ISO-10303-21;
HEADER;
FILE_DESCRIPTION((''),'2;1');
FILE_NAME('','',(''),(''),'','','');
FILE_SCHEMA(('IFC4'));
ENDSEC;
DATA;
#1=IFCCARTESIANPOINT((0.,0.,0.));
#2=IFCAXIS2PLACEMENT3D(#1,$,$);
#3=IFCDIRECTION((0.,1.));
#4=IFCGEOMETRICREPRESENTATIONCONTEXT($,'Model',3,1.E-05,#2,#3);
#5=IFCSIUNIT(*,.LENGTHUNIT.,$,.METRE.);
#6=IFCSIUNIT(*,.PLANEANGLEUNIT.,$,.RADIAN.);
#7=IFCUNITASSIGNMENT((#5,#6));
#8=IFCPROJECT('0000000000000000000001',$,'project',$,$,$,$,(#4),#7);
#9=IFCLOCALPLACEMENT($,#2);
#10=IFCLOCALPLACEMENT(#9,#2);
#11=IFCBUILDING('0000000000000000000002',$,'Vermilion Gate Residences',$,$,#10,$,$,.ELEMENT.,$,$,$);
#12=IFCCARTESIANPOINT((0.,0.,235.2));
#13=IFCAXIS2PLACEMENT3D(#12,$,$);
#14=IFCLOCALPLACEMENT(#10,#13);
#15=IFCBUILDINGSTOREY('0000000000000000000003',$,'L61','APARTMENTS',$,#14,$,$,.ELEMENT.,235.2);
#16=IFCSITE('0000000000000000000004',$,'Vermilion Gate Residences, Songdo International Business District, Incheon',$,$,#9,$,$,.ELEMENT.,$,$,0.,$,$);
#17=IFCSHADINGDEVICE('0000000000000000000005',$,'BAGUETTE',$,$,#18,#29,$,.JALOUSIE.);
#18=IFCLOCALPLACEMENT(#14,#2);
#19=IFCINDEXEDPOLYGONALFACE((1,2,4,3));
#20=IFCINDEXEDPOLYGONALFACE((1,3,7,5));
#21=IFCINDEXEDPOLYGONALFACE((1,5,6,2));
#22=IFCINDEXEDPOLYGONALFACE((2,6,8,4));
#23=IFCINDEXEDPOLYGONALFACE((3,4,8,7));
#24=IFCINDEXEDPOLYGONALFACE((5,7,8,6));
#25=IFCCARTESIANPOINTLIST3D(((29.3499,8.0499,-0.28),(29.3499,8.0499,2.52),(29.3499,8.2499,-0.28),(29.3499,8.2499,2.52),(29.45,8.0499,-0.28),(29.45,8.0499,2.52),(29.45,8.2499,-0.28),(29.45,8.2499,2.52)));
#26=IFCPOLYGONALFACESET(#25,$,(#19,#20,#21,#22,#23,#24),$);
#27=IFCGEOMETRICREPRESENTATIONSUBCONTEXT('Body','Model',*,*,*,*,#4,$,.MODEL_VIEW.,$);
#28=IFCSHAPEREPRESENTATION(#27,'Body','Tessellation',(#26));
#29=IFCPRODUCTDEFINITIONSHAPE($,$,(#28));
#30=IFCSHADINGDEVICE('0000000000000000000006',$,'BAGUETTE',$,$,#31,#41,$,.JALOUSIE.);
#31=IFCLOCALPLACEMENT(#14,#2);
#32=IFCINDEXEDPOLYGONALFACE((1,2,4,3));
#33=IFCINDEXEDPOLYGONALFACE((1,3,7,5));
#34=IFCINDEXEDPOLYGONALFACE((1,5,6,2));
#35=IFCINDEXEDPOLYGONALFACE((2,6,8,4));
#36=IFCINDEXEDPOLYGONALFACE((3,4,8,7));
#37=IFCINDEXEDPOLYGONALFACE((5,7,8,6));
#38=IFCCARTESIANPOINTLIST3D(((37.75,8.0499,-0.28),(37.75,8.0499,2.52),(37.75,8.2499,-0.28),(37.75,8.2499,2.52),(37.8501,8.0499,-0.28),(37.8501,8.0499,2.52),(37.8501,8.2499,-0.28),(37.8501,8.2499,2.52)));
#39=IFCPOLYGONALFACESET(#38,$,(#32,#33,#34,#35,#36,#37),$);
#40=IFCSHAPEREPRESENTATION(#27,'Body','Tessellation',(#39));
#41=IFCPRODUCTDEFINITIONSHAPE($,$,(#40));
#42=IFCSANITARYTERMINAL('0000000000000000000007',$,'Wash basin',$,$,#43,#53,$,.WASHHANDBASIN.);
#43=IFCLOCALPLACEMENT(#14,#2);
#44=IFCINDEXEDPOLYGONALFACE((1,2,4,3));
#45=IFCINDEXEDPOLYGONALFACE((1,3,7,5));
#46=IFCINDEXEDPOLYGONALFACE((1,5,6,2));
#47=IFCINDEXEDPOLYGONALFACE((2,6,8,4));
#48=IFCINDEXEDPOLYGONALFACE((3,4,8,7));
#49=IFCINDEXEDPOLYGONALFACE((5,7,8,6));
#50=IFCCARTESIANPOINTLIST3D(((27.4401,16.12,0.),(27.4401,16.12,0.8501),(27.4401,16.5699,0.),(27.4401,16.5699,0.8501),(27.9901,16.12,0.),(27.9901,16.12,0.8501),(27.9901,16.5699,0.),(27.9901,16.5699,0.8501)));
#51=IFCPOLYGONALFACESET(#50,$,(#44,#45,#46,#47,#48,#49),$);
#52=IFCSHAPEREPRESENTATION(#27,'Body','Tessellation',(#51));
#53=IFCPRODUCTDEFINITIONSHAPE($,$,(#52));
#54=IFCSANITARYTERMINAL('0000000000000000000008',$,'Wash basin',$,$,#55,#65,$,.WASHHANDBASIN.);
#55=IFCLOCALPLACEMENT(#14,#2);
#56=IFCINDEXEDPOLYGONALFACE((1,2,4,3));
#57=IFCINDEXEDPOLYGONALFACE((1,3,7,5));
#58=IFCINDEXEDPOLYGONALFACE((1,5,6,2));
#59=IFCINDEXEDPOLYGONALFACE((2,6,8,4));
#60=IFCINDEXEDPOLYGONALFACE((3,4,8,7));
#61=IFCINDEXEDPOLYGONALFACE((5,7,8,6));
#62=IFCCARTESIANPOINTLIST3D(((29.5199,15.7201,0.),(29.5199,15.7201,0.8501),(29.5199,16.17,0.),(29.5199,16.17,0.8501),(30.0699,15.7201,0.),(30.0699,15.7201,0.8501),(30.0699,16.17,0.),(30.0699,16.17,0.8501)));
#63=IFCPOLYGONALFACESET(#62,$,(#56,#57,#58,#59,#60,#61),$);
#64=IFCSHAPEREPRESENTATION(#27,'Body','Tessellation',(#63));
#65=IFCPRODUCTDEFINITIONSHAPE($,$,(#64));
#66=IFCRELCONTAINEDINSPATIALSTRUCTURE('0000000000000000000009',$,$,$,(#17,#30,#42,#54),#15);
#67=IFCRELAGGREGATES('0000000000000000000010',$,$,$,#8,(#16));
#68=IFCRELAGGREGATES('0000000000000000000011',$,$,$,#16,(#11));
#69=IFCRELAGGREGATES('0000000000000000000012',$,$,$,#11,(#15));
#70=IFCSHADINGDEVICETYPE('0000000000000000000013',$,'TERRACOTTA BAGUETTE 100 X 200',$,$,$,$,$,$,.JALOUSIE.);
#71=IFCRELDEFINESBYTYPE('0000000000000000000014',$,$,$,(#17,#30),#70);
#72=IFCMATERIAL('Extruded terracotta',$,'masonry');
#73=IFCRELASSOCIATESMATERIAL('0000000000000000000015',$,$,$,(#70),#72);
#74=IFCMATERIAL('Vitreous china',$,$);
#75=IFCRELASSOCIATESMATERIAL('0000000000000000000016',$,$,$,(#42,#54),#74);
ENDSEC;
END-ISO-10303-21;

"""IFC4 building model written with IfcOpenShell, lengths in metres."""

from ifc_helpers import new_model, si_unit, direction, frame, origin, origin_2d, place, context, subcontext, project, spatial, rectangle, extrude, material, material_profile, profile_set, type_object, element, save


model = new_model("IFC4")

# Units and contexts
model_context = context("Model", 3, precision=1e-05, world=origin(), true_north=direction((0.0, 1.0)))
body_context = subcontext(model_context, "Body", "Model", "MODEL_VIEW")
ifc_project = project(units=[si_unit("LENGTHUNIT", "METRE"), si_unit("PLANEANGLEUNIT", "RADIAN")], contexts=[model_context])

# Site, building, storey
site_placement = place(None, origin())
site = spatial("IfcSite", under=ifc_project, at=site_placement, Name="Vermilion Gate Residences, Songdo International Business District, Incheon", CompositionType="ELEMENT", RefElevation=0.0)
building_placement = place(site_placement, origin())
building = spatial("IfcBuilding", under=site, at=building_placement, Name="Vermilion Gate Residences", CompositionType="ELEMENT")
storey_placement = place(building_placement, frame((0.0, 0.0, 235.2)))
storey = spatial("IfcBuildingStorey", under=building, at=storey_placement, Name="L61", Description="APARTMENTS", CompositionType="ELEMENT", Elevation=235.2)

# Shading devices
ifc_material_1 = material(Name="Extruded terracotta", Category="masonry")
ifc_material_profile_1 = material_profile(ifc_material_1, rectangle(XDim=0.2, YDim=0.1001, at=origin_2d()), Name="BAGUETTE 100 X 200")
ifc_profile_set_1 = profile_set([ifc_material_profile_1], Name="Extruded terracotta")
shading_device_type = type_object("IfcShadingDeviceType", Name="TERRACOTTA BAGUETTE 100 X 200", PredefinedType="JALOUSIE", material=ifc_profile_set_1)
for number, where, z_axis, x_axis, name in (
    (1, (29.3999, 8.1499, -0.28), (0.0, 0.0, 1.0), (0.0, 1.0, 0.0), "BAGUETTE"),
    (2, (37.8, 8.1499, -0.28), (0.0, 0.0, 1.0), (0.0, 1.0, 0.0), "BAGUETTE"),
):
    element("IfcShadingDevice", number, at=place(storey_placement, frame(where, z_axis=z_axis, x_axis=x_axis)), inside=storey, type_object=shading_device_type, Name=name, PredefinedType="JALOUSIE", context=body_context, shape_type="SweptSolid", body=[
        extrude(rectangle(XDim=0.2, YDim=0.1001, at=origin_2d()), origin(), (0.0, 0.0, 1.0), 2.8),
    ])

# Sanitary terminals
ifc_material_2 = material(Name="Vitreous china")
for number, where, z_axis, x_axis, name in (
    (3, (27.7151, 16.345, 0.0), (0.0, 0.0, 1.0), (1.0, 0.0, 0.0), "Wash basin"),
    (4, (29.7949, 15.9451, 0.0), (0.0, 0.0, 1.0), (1.0, 0.0, 0.0), "Wash basin"),
):
    element("IfcSanitaryTerminal", number, at=place(storey_placement, frame(where, z_axis=z_axis, x_axis=x_axis)), inside=storey, material=ifc_material_2, Name=name, PredefinedType="WASHHANDBASIN", context=body_context, shape_type="SweptSolid", body=[
        extrude(rectangle(XDim=0.55, YDim=0.45, at=origin_2d()), origin(), (0.0, 0.0, 1.0), 0.8501),
    ])

save(model, "model.ifc")
